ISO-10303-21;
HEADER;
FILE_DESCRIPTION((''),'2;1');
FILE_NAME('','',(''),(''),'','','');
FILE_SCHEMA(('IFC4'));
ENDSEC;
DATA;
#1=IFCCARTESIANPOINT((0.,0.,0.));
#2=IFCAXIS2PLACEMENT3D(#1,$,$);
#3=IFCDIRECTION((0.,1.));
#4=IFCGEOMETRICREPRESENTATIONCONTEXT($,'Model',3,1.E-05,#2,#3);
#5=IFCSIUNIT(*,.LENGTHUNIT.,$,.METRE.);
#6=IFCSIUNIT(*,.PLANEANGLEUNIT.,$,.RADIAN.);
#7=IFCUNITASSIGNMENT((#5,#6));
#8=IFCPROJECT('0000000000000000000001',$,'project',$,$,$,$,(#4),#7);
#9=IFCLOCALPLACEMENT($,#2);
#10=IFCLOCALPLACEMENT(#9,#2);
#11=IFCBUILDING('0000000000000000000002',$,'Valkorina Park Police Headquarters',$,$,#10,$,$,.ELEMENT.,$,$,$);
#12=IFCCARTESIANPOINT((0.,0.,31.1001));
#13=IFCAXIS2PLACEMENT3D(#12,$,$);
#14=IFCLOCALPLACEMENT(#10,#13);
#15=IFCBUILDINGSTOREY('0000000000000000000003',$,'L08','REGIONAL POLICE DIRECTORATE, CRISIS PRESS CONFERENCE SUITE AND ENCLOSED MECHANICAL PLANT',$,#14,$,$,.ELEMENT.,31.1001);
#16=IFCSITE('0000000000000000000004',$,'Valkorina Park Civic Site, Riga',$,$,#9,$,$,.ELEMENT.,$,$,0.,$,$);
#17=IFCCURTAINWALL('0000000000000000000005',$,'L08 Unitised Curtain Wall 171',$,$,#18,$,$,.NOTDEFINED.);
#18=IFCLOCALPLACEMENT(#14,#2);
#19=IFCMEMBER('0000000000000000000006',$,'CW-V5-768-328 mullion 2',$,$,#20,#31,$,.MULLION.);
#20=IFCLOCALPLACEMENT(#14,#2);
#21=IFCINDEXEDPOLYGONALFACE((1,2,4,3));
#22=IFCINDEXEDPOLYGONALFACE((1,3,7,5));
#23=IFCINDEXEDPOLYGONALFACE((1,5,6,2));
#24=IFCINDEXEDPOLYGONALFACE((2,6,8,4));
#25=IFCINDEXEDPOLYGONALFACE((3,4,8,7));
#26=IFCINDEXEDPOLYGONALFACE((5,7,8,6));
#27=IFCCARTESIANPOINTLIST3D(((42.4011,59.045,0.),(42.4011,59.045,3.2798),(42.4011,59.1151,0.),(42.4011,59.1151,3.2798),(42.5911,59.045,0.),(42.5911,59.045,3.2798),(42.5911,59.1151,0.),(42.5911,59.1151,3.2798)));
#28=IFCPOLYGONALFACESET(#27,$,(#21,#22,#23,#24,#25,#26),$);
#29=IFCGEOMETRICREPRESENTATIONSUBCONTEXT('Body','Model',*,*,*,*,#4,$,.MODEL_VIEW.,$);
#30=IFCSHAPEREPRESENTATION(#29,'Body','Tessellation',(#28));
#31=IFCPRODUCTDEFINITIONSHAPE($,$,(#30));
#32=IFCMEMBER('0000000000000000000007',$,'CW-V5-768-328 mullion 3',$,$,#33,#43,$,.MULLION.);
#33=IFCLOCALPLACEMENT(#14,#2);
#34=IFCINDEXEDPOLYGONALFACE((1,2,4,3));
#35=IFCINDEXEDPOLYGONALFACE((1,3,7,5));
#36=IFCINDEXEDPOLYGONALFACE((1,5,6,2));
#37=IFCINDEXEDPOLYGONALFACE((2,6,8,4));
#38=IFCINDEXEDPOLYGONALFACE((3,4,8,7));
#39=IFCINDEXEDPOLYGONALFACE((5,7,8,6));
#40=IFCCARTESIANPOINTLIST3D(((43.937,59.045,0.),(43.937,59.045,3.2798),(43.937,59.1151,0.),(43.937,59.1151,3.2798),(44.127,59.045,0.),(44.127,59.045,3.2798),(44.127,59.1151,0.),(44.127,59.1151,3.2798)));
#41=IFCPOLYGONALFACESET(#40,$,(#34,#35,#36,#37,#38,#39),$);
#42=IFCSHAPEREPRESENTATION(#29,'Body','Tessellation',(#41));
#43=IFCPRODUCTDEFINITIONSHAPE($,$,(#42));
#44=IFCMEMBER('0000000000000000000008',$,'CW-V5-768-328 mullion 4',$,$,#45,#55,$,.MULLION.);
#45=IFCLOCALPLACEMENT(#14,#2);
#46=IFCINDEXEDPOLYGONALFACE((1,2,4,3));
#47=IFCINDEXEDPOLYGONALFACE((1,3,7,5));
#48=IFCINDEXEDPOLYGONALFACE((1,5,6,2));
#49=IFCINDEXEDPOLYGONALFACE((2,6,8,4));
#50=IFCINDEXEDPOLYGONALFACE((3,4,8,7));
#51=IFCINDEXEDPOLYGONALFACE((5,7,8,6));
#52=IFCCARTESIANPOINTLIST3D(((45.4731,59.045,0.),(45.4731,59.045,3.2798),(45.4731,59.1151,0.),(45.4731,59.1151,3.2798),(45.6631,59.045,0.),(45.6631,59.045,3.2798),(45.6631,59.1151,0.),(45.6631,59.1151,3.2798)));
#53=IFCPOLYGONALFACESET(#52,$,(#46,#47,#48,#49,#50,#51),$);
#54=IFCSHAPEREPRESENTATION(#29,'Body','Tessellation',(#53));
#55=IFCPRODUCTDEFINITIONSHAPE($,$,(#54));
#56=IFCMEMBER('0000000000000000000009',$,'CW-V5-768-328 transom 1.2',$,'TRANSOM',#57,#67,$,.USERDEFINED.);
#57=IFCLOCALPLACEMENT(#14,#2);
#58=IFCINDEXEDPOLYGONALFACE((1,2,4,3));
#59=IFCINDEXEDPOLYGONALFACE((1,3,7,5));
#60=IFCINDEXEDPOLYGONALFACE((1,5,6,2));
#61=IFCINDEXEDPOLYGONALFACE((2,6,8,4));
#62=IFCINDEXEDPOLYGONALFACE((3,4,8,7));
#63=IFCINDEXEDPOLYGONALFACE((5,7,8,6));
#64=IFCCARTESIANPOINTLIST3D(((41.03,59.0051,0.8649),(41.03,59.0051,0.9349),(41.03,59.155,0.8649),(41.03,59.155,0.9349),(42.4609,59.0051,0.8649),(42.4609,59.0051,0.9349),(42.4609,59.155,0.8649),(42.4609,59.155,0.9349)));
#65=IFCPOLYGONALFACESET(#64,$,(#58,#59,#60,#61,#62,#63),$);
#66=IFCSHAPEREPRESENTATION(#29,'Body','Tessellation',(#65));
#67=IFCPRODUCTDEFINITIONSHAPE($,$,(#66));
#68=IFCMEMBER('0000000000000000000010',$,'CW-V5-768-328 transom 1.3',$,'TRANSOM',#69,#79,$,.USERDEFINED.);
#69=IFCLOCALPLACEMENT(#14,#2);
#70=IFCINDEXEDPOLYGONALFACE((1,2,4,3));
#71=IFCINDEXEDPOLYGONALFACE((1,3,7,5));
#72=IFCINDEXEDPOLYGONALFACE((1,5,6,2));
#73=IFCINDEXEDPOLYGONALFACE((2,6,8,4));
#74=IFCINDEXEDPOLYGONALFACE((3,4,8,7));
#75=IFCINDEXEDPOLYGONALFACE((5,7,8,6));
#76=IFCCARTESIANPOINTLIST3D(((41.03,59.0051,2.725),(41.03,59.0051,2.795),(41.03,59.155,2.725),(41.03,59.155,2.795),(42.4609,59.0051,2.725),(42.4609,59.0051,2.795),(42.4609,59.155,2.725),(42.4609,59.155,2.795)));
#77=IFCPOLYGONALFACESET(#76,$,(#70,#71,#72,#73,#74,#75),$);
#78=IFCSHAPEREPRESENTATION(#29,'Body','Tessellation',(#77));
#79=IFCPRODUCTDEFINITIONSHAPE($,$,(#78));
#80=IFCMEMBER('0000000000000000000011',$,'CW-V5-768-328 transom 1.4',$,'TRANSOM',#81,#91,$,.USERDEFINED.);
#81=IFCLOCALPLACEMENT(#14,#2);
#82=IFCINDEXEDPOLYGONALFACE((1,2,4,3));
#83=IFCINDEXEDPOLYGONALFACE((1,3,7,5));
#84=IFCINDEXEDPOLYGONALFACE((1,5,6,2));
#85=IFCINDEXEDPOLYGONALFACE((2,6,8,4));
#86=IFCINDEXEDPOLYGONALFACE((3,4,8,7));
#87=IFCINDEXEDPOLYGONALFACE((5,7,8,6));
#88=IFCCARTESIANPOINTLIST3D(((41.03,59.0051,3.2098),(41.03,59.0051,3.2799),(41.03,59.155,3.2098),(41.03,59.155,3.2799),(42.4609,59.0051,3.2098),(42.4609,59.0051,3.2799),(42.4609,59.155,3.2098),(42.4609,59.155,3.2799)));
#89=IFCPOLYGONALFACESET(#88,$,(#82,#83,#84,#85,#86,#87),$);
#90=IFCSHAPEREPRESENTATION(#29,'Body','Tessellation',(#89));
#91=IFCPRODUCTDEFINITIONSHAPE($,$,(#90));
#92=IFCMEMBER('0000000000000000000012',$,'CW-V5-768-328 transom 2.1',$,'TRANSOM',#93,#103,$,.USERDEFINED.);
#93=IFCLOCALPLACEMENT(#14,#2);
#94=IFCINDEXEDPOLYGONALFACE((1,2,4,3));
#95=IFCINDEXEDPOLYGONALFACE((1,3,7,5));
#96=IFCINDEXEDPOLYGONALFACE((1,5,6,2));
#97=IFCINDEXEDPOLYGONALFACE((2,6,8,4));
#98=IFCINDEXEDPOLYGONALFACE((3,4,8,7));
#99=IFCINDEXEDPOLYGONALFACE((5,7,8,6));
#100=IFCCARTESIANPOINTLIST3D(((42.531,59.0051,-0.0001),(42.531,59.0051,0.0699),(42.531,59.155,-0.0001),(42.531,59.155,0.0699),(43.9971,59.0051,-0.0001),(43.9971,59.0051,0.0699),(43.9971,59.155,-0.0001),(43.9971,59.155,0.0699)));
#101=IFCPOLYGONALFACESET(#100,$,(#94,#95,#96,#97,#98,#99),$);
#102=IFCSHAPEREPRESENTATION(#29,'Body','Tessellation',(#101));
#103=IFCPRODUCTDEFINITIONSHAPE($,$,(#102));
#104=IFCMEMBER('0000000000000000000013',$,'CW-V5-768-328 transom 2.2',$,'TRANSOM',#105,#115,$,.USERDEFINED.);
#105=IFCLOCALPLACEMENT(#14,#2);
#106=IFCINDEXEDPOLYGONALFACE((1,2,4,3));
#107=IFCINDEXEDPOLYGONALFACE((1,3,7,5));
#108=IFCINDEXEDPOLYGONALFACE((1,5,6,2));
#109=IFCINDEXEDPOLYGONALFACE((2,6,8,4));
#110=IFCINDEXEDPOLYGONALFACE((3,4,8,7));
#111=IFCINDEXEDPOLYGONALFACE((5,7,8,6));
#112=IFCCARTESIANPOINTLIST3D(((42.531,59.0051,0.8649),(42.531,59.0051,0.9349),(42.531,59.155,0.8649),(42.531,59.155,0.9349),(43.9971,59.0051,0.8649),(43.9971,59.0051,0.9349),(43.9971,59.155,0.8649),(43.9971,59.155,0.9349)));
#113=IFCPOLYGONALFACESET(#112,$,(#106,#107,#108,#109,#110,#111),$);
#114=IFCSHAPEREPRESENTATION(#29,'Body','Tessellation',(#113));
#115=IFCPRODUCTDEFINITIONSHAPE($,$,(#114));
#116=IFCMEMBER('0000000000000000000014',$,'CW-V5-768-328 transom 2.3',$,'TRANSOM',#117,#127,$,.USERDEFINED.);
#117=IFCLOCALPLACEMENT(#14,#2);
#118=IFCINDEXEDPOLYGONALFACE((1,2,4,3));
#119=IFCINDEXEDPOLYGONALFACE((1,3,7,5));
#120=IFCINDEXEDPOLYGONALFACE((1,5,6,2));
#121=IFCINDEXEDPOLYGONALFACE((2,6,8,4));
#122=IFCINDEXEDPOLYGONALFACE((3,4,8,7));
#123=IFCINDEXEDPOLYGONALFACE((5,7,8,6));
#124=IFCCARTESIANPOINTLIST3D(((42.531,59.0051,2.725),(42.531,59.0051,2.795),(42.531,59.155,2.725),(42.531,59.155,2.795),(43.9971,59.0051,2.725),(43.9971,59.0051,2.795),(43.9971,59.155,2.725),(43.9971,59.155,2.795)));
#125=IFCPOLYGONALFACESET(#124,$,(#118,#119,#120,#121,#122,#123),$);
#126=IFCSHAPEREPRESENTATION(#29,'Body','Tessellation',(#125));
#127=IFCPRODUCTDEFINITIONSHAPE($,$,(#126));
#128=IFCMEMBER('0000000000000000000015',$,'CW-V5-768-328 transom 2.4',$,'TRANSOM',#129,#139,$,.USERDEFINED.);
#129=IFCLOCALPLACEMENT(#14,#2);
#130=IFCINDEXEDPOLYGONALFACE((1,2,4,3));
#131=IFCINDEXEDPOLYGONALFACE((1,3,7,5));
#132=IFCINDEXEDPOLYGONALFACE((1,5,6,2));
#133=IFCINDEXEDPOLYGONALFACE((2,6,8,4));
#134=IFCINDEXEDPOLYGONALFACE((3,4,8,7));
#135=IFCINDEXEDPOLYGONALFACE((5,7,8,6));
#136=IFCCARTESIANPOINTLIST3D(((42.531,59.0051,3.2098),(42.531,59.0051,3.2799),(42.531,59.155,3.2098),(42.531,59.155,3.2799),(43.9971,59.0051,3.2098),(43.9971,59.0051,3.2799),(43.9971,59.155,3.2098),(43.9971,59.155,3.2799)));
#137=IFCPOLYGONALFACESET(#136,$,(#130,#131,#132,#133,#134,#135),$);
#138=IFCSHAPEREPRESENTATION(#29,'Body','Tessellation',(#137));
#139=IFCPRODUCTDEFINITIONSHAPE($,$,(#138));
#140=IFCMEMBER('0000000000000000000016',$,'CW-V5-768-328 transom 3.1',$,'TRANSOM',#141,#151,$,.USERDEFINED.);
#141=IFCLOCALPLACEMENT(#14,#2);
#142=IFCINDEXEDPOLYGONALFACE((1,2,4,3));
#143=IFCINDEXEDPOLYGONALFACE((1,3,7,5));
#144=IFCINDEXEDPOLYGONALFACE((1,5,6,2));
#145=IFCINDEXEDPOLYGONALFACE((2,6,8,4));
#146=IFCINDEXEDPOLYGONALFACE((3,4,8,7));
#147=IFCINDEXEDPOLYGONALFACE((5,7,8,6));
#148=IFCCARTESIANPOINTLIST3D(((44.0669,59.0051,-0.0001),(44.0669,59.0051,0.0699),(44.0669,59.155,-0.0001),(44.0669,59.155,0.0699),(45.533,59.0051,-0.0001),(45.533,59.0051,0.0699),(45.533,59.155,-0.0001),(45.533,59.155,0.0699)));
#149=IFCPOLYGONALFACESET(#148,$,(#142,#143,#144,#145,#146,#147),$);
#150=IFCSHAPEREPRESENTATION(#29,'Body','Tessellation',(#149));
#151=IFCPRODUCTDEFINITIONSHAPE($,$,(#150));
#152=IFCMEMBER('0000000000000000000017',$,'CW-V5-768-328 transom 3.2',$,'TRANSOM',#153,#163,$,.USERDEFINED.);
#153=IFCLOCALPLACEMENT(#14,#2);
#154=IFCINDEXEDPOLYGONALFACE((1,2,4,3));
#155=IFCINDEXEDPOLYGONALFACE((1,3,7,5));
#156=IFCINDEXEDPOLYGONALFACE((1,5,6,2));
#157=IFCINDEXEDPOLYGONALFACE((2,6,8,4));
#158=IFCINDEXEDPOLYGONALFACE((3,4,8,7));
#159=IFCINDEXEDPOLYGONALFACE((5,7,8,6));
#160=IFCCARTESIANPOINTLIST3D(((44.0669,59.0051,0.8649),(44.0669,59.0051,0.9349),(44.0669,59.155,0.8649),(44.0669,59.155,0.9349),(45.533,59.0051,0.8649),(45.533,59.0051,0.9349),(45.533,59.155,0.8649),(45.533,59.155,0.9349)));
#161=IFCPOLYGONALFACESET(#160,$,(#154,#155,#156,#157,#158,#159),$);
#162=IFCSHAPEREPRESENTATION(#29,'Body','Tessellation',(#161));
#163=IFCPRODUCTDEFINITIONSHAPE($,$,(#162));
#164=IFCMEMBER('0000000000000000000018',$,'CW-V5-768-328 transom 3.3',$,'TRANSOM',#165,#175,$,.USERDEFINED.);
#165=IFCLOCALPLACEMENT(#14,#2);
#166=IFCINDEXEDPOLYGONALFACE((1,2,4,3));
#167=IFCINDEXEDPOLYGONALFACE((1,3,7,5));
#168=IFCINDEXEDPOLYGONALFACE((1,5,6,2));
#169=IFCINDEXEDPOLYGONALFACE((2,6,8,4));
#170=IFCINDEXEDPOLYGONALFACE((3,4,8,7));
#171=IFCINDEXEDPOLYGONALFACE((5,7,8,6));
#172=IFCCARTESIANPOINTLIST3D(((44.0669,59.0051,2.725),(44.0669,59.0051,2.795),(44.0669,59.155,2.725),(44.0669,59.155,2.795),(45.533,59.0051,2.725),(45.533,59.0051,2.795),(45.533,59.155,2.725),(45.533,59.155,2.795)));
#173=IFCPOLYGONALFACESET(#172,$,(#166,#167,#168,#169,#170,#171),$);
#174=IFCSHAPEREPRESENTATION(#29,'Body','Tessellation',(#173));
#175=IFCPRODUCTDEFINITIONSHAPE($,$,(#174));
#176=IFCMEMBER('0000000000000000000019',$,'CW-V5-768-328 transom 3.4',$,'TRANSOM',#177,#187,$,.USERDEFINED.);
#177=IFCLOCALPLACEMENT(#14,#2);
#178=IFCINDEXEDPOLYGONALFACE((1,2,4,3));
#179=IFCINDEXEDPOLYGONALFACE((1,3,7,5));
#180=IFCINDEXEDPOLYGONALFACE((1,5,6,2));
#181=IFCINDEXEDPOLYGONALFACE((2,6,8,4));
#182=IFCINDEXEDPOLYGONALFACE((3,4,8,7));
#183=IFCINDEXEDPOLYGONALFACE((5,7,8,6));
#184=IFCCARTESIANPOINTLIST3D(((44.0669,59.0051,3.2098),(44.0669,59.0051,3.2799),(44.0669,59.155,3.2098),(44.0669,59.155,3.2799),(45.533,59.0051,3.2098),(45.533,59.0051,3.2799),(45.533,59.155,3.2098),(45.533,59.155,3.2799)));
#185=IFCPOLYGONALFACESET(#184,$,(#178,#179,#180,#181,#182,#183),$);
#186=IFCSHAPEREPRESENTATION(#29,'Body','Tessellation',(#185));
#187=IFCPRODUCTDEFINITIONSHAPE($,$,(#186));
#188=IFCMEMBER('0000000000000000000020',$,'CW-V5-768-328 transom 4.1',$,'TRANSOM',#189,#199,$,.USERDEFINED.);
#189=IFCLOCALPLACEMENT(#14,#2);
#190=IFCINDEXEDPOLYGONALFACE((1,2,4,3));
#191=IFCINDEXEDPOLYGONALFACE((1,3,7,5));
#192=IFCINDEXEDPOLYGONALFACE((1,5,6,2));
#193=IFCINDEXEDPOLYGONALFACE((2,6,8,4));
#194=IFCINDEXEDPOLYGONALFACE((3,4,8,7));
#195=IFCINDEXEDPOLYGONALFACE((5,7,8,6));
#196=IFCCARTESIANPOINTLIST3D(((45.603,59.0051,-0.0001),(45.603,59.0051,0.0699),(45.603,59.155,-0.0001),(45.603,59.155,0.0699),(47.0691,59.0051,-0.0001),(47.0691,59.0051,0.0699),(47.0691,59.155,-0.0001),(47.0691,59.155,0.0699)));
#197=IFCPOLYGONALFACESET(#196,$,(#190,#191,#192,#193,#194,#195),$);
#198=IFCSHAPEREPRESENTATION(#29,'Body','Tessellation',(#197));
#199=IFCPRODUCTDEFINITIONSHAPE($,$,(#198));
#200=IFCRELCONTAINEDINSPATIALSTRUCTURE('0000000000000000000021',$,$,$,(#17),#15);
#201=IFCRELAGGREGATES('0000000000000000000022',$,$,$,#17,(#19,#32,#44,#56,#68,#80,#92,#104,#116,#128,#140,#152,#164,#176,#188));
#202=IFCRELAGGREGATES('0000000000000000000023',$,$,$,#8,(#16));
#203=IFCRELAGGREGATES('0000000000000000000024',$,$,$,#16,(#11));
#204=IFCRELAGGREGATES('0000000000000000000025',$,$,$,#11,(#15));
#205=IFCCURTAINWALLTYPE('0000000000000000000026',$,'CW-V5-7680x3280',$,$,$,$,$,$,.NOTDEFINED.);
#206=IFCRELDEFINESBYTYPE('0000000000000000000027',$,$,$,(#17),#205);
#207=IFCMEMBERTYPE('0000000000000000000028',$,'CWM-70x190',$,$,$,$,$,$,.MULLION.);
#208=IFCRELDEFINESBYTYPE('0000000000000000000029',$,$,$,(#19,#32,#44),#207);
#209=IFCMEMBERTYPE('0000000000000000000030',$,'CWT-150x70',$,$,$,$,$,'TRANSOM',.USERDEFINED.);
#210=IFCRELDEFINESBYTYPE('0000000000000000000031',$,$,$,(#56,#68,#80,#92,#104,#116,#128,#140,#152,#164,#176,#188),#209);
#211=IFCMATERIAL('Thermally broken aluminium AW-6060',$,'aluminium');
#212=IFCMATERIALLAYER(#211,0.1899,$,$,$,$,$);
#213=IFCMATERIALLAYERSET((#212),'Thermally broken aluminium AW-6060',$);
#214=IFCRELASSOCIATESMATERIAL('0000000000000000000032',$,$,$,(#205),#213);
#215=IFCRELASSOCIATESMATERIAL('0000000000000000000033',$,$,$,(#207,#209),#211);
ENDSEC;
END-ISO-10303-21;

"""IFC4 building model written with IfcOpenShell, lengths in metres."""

from ifc_helpers import new_model, si_unit, direction, frame, origin, origin_2d, place, context, subcontext, project, spatial, rectangle, extrude, material, layer, layer_set, material_profile, profile_set, type_object, element, aggregate, save


model = new_model("IFC4")

# Units and contexts
model_context = context("Model", 3, precision=1e-05, world=origin(), true_north=direction((0.0, 1.0)))
body_context = subcontext(model_context, "Body", "Model", "MODEL_VIEW")
ifc_project = project(units=[si_unit("LENGTHUNIT", "METRE"), si_unit("PLANEANGLEUNIT", "RADIAN")], contexts=[model_context])

# Site, building, storey
site_placement = place(None, origin())
site = spatial("IfcSite", under=ifc_project, at=site_placement, Name="Valkorina Park Civic Site, Riga", CompositionType="ELEMENT", RefElevation=0.0)
building_placement = place(site_placement, origin())
building = spatial("IfcBuilding", under=site, at=building_placement, Name="Valkorina Park Police Headquarters", CompositionType="ELEMENT")
storey_placement = place(building_placement, frame((0.0, 0.0, 31.1001)))
storey = spatial("IfcBuildingStorey", under=building, at=storey_placement, Name="L08", Description="REGIONAL POLICE DIRECTORATE, CRISIS PRESS CONFERENCE SUITE AND ENCLOSED MECHANICAL PLANT", CompositionType="ELEMENT", Elevation=31.1001)

# Curtain wall, members
ifc_material_1 = material(Name="Thermally broken aluminium AW-6060", Category="aluminium")
ifc_layer_1 = layer(ifc_material_1, 0.1899)
ifc_layer_set_1 = layer_set([ifc_layer_1], Name="Thermally broken aluminium AW-6060")
curtain_wall_type = type_object("IfcCurtainWallType", Name="CW-V5-7680x3280", PredefinedType="NOTDEFINED", material=ifc_layer_set_1)
curtain_wall_placement = place(storey_placement, origin())
curtain_wall = element("IfcCurtainWall", 1, at=curtain_wall_placement, inside=storey, type_object=curtain_wall_type, Name="L08 Unitised Curtain Wall 171", PredefinedType="NOTDEFINED")
ifc_material_profile_1 = material_profile(ifc_material_1, rectangle(XDim=0.0701, YDim=0.1899, at=origin_2d()), Name="CWM-02 70x190")
ifc_profile_set_1 = profile_set([ifc_material_profile_1], Name="Thermally broken aluminium AW-6060")
member_type_1 = type_object("IfcMemberType", Name="CWM-70x190", PredefinedType="MULLION", material=ifc_profile_set_1)
member_1_placement = place(storey_placement, frame((42.4961, 59.0801, 0.0), z_axis=(0.0, 0.0, 1.0), x_axis=(0.0, 1.0, 0.0)))
member_1 = element("IfcMember", 2, at=member_1_placement, type_object=member_type_1, Name="CW-V5-768-328 mullion 2", PredefinedType="MULLION", context=body_context, shape_type="SweptSolid", body=[
    extrude(rectangle(XDim=0.0701, YDim=0.1899, at=origin_2d()), origin(), (0.0, 0.0, 1.0), 3.2798),
])
member_2_placement = place(storey_placement, frame((44.032, 59.0801, 0.0), z_axis=(0.0, 0.0, 1.0), x_axis=(0.0, 1.0, 0.0)))
member_2 = element("IfcMember", 3, at=member_2_placement, type_object=member_type_1, Name="CW-V5-768-328 mullion 3", PredefinedType="MULLION", context=body_context, shape_type="SweptSolid", body=[
    extrude(rectangle(XDim=0.0701, YDim=0.1899, at=origin_2d()), origin(), (0.0, 0.0, 1.0), 3.2798),
])
member_3_placement = place(storey_placement, frame((45.5681, 59.0801, 0.0), z_axis=(0.0, 0.0, 1.0), x_axis=(0.0, 1.0, 0.0)))
member_3 = element("IfcMember", 4, at=member_3_placement, type_object=member_type_1, Name="CW-V5-768-328 mullion 4", PredefinedType="MULLION", context=body_context, shape_type="SweptSolid", body=[
    extrude(rectangle(XDim=0.0701, YDim=0.1899, at=origin_2d()), origin(), (0.0, 0.0, 1.0), 3.2798),
])
ifc_material_profile_2 = material_profile(ifc_material_1, rectangle(XDim=0.1499, YDim=0.0701, at=origin_2d()), Name="CWT-02 150x70")
ifc_profile_set_2 = profile_set([ifc_material_profile_2], Name="Thermally broken aluminium AW-6060")
member_type_2 = type_object("IfcMemberType", Name="CWT-150x70", ElementType="TRANSOM", PredefinedType="USERDEFINED", material=ifc_profile_set_2)
member_4_placement = place(storey_placement, frame((41.03, 59.0801, 0.8999), z_axis=(1.0, 0.0, 0.0), x_axis=(0.0, 1.0, 0.0)))
member_4 = element("IfcMember", 5, at=member_4_placement, type_object=member_type_2, Name="CW-V5-768-328 transom 1.2", ObjectType="TRANSOM", PredefinedType="USERDEFINED", context=body_context, shape_type="SweptSolid", body=[
    extrude(rectangle(XDim=0.1499, YDim=0.0701, at=origin_2d()), origin(), (0.0, 0.0, 1.0), 1.4309),
])
member_5_placement = place(storey_placement, frame((41.03, 59.0801, 2.76), z_axis=(1.0, 0.0, 0.0), x_axis=(0.0, 1.0, 0.0)))
member_5 = element("IfcMember", 6, at=member_5_placement, type_object=member_type_2, Name="CW-V5-768-328 transom 1.3", ObjectType="TRANSOM", PredefinedType="USERDEFINED", context=body_context, shape_type="SweptSolid", body=[
    extrude(rectangle(XDim=0.1499, YDim=0.0701, at=origin_2d()), origin(), (0.0, 0.0, 1.0), 1.4309),
])
member_6_placement = place(storey_placement, frame((41.03, 59.0801, 3.2449), z_axis=(1.0, 0.0, 0.0), x_axis=(0.0, 1.0, 0.0)))
member_6 = element("IfcMember", 7, at=member_6_placement, type_object=member_type_2, Name="CW-V5-768-328 transom 1.4", ObjectType="TRANSOM", PredefinedType="USERDEFINED", context=body_context, shape_type="SweptSolid", body=[
    extrude(rectangle(XDim=0.1499, YDim=0.0701, at=origin_2d()), origin(), (0.0, 0.0, 1.0), 1.4309),
])
member_7_placement = place(storey_placement, frame((42.531, 59.0801, 0.0349), z_axis=(1.0, 0.0, 0.0), x_axis=(0.0, 1.0, 0.0)))
member_7 = element("IfcMember", 8, at=member_7_placement, type_object=member_type_2, Name="CW-V5-768-328 transom 2.1", ObjectType="TRANSOM", PredefinedType="USERDEFINED", context=body_context, shape_type="SweptSolid", body=[
    extrude(rectangle(XDim=0.1499, YDim=0.0701, at=origin_2d()), origin(), (0.0, 0.0, 1.0), 1.4661),
])
member_8_placement = place(storey_placement, frame((42.531, 59.0801, 0.8999), z_axis=(1.0, 0.0, 0.0), x_axis=(0.0, 1.0, 0.0)))
member_8 = element("IfcMember", 9, at=member_8_placement, type_object=member_type_2, Name="CW-V5-768-328 transom 2.2", ObjectType="TRANSOM", PredefinedType="USERDEFINED", context=body_context, shape_type="SweptSolid", body=[
    extrude(rectangle(XDim=0.1499, YDim=0.0701, at=origin_2d()), origin(), (0.0, 0.0, 1.0), 1.4661),
])
member_9_placement = place(storey_placement, frame((42.531, 59.0801, 2.76), z_axis=(1.0, 0.0, 0.0), x_axis=(0.0, 1.0, 0.0)))
member_9 = element("IfcMember", 10, at=member_9_placement, type_object=member_type_2, Name="CW-V5-768-328 transom 2.3", ObjectType="TRANSOM", PredefinedType="USERDEFINED", context=body_context, shape_type="SweptSolid", body=[
    extrude(rectangle(XDim=0.1499, YDim=0.0701, at=origin_2d()), origin(), (0.0, 0.0, 1.0), 1.4661),
])
member_10_placement = place(storey_placement, frame((42.531, 59.0801, 3.2449), z_axis=(1.0, 0.0, 0.0), x_axis=(0.0, 1.0, 0.0)))
member_10 = element("IfcMember", 11, at=member_10_placement, type_object=member_type_2, Name="CW-V5-768-328 transom 2.4", ObjectType="TRANSOM", PredefinedType="USERDEFINED", context=body_context, shape_type="SweptSolid", body=[
    extrude(rectangle(XDim=0.1499, YDim=0.0701, at=origin_2d()), origin(), (0.0, 0.0, 1.0), 1.4661),
])
member_11_placement = place(storey_placement, frame((44.0669, 59.0801, 0.0349), z_axis=(1.0, 0.0, 0.0), x_axis=(0.0, 1.0, 0.0)))
member_11 = element("IfcMember", 12, at=member_11_placement, type_object=member_type_2, Name="CW-V5-768-328 transom 3.1", ObjectType="TRANSOM", PredefinedType="USERDEFINED", context=body_context, shape_type="SweptSolid", body=[
    extrude(rectangle(XDim=0.1499, YDim=0.0701, at=origin_2d()), origin(), (0.0, 0.0, 1.0), 1.4661),
])
member_12_placement = place(storey_placement, frame((44.0669, 59.0801, 0.8999), z_axis=(1.0, 0.0, 0.0), x_axis=(0.0, 1.0, 0.0)))
member_12 = element("IfcMember", 13, at=member_12_placement, type_object=member_type_2, Name="CW-V5-768-328 transom 3.2", ObjectType="TRANSOM", PredefinedType="USERDEFINED", context=body_context, shape_type="SweptSolid", body=[
    extrude(rectangle(XDim=0.1499, YDim=0.0701, at=origin_2d()), origin(), (0.0, 0.0, 1.0), 1.4661),
])
member_13_placement = place(storey_placement, frame((44.0669, 59.0801, 2.76), z_axis=(1.0, 0.0, 0.0), x_axis=(0.0, 1.0, 0.0)))
member_13 = element("IfcMember", 14, at=member_13_placement, type_object=member_type_2, Name="CW-V5-768-328 transom 3.3", ObjectType="TRANSOM", PredefinedType="USERDEFINED", context=body_context, shape_type="SweptSolid", body=[
    extrude(rectangle(XDim=0.1499, YDim=0.0701, at=origin_2d()), origin(), (0.0, 0.0, 1.0), 1.4661),
])
member_14_placement = place(storey_placement, frame((44.0669, 59.0801, 3.2449), z_axis=(1.0, 0.0, 0.0), x_axis=(0.0, 1.0, 0.0)))
member_14 = element("IfcMember", 15, at=member_14_placement, type_object=member_type_2, Name="CW-V5-768-328 transom 3.4", ObjectType="TRANSOM", PredefinedType="USERDEFINED", context=body_context, shape_type="SweptSolid", body=[
    extrude(rectangle(XDim=0.1499, YDim=0.0701, at=origin_2d()), origin(), (0.0, 0.0, 1.0), 1.4661),
])
member_15_placement = place(storey_placement, frame((45.603, 59.0801, 0.0349), z_axis=(1.0, 0.0, 0.0), x_axis=(0.0, 1.0, 0.0)))
member_15 = element("IfcMember", 16, at=member_15_placement, type_object=member_type_2, Name="CW-V5-768-328 transom 4.1", ObjectType="TRANSOM", PredefinedType="USERDEFINED", context=body_context, shape_type="SweptSolid", body=[
    extrude(rectangle(XDim=0.1499, YDim=0.0701, at=origin_2d()), origin(), (0.0, 0.0, 1.0), 1.4661),
])
aggregate(curtain_wall, [member_1, member_2, member_3, member_4, member_5, member_6, member_7, member_8, member_9, member_10, member_11, member_12, member_13, member_14, member_15])

save(model, "model.ifc")
